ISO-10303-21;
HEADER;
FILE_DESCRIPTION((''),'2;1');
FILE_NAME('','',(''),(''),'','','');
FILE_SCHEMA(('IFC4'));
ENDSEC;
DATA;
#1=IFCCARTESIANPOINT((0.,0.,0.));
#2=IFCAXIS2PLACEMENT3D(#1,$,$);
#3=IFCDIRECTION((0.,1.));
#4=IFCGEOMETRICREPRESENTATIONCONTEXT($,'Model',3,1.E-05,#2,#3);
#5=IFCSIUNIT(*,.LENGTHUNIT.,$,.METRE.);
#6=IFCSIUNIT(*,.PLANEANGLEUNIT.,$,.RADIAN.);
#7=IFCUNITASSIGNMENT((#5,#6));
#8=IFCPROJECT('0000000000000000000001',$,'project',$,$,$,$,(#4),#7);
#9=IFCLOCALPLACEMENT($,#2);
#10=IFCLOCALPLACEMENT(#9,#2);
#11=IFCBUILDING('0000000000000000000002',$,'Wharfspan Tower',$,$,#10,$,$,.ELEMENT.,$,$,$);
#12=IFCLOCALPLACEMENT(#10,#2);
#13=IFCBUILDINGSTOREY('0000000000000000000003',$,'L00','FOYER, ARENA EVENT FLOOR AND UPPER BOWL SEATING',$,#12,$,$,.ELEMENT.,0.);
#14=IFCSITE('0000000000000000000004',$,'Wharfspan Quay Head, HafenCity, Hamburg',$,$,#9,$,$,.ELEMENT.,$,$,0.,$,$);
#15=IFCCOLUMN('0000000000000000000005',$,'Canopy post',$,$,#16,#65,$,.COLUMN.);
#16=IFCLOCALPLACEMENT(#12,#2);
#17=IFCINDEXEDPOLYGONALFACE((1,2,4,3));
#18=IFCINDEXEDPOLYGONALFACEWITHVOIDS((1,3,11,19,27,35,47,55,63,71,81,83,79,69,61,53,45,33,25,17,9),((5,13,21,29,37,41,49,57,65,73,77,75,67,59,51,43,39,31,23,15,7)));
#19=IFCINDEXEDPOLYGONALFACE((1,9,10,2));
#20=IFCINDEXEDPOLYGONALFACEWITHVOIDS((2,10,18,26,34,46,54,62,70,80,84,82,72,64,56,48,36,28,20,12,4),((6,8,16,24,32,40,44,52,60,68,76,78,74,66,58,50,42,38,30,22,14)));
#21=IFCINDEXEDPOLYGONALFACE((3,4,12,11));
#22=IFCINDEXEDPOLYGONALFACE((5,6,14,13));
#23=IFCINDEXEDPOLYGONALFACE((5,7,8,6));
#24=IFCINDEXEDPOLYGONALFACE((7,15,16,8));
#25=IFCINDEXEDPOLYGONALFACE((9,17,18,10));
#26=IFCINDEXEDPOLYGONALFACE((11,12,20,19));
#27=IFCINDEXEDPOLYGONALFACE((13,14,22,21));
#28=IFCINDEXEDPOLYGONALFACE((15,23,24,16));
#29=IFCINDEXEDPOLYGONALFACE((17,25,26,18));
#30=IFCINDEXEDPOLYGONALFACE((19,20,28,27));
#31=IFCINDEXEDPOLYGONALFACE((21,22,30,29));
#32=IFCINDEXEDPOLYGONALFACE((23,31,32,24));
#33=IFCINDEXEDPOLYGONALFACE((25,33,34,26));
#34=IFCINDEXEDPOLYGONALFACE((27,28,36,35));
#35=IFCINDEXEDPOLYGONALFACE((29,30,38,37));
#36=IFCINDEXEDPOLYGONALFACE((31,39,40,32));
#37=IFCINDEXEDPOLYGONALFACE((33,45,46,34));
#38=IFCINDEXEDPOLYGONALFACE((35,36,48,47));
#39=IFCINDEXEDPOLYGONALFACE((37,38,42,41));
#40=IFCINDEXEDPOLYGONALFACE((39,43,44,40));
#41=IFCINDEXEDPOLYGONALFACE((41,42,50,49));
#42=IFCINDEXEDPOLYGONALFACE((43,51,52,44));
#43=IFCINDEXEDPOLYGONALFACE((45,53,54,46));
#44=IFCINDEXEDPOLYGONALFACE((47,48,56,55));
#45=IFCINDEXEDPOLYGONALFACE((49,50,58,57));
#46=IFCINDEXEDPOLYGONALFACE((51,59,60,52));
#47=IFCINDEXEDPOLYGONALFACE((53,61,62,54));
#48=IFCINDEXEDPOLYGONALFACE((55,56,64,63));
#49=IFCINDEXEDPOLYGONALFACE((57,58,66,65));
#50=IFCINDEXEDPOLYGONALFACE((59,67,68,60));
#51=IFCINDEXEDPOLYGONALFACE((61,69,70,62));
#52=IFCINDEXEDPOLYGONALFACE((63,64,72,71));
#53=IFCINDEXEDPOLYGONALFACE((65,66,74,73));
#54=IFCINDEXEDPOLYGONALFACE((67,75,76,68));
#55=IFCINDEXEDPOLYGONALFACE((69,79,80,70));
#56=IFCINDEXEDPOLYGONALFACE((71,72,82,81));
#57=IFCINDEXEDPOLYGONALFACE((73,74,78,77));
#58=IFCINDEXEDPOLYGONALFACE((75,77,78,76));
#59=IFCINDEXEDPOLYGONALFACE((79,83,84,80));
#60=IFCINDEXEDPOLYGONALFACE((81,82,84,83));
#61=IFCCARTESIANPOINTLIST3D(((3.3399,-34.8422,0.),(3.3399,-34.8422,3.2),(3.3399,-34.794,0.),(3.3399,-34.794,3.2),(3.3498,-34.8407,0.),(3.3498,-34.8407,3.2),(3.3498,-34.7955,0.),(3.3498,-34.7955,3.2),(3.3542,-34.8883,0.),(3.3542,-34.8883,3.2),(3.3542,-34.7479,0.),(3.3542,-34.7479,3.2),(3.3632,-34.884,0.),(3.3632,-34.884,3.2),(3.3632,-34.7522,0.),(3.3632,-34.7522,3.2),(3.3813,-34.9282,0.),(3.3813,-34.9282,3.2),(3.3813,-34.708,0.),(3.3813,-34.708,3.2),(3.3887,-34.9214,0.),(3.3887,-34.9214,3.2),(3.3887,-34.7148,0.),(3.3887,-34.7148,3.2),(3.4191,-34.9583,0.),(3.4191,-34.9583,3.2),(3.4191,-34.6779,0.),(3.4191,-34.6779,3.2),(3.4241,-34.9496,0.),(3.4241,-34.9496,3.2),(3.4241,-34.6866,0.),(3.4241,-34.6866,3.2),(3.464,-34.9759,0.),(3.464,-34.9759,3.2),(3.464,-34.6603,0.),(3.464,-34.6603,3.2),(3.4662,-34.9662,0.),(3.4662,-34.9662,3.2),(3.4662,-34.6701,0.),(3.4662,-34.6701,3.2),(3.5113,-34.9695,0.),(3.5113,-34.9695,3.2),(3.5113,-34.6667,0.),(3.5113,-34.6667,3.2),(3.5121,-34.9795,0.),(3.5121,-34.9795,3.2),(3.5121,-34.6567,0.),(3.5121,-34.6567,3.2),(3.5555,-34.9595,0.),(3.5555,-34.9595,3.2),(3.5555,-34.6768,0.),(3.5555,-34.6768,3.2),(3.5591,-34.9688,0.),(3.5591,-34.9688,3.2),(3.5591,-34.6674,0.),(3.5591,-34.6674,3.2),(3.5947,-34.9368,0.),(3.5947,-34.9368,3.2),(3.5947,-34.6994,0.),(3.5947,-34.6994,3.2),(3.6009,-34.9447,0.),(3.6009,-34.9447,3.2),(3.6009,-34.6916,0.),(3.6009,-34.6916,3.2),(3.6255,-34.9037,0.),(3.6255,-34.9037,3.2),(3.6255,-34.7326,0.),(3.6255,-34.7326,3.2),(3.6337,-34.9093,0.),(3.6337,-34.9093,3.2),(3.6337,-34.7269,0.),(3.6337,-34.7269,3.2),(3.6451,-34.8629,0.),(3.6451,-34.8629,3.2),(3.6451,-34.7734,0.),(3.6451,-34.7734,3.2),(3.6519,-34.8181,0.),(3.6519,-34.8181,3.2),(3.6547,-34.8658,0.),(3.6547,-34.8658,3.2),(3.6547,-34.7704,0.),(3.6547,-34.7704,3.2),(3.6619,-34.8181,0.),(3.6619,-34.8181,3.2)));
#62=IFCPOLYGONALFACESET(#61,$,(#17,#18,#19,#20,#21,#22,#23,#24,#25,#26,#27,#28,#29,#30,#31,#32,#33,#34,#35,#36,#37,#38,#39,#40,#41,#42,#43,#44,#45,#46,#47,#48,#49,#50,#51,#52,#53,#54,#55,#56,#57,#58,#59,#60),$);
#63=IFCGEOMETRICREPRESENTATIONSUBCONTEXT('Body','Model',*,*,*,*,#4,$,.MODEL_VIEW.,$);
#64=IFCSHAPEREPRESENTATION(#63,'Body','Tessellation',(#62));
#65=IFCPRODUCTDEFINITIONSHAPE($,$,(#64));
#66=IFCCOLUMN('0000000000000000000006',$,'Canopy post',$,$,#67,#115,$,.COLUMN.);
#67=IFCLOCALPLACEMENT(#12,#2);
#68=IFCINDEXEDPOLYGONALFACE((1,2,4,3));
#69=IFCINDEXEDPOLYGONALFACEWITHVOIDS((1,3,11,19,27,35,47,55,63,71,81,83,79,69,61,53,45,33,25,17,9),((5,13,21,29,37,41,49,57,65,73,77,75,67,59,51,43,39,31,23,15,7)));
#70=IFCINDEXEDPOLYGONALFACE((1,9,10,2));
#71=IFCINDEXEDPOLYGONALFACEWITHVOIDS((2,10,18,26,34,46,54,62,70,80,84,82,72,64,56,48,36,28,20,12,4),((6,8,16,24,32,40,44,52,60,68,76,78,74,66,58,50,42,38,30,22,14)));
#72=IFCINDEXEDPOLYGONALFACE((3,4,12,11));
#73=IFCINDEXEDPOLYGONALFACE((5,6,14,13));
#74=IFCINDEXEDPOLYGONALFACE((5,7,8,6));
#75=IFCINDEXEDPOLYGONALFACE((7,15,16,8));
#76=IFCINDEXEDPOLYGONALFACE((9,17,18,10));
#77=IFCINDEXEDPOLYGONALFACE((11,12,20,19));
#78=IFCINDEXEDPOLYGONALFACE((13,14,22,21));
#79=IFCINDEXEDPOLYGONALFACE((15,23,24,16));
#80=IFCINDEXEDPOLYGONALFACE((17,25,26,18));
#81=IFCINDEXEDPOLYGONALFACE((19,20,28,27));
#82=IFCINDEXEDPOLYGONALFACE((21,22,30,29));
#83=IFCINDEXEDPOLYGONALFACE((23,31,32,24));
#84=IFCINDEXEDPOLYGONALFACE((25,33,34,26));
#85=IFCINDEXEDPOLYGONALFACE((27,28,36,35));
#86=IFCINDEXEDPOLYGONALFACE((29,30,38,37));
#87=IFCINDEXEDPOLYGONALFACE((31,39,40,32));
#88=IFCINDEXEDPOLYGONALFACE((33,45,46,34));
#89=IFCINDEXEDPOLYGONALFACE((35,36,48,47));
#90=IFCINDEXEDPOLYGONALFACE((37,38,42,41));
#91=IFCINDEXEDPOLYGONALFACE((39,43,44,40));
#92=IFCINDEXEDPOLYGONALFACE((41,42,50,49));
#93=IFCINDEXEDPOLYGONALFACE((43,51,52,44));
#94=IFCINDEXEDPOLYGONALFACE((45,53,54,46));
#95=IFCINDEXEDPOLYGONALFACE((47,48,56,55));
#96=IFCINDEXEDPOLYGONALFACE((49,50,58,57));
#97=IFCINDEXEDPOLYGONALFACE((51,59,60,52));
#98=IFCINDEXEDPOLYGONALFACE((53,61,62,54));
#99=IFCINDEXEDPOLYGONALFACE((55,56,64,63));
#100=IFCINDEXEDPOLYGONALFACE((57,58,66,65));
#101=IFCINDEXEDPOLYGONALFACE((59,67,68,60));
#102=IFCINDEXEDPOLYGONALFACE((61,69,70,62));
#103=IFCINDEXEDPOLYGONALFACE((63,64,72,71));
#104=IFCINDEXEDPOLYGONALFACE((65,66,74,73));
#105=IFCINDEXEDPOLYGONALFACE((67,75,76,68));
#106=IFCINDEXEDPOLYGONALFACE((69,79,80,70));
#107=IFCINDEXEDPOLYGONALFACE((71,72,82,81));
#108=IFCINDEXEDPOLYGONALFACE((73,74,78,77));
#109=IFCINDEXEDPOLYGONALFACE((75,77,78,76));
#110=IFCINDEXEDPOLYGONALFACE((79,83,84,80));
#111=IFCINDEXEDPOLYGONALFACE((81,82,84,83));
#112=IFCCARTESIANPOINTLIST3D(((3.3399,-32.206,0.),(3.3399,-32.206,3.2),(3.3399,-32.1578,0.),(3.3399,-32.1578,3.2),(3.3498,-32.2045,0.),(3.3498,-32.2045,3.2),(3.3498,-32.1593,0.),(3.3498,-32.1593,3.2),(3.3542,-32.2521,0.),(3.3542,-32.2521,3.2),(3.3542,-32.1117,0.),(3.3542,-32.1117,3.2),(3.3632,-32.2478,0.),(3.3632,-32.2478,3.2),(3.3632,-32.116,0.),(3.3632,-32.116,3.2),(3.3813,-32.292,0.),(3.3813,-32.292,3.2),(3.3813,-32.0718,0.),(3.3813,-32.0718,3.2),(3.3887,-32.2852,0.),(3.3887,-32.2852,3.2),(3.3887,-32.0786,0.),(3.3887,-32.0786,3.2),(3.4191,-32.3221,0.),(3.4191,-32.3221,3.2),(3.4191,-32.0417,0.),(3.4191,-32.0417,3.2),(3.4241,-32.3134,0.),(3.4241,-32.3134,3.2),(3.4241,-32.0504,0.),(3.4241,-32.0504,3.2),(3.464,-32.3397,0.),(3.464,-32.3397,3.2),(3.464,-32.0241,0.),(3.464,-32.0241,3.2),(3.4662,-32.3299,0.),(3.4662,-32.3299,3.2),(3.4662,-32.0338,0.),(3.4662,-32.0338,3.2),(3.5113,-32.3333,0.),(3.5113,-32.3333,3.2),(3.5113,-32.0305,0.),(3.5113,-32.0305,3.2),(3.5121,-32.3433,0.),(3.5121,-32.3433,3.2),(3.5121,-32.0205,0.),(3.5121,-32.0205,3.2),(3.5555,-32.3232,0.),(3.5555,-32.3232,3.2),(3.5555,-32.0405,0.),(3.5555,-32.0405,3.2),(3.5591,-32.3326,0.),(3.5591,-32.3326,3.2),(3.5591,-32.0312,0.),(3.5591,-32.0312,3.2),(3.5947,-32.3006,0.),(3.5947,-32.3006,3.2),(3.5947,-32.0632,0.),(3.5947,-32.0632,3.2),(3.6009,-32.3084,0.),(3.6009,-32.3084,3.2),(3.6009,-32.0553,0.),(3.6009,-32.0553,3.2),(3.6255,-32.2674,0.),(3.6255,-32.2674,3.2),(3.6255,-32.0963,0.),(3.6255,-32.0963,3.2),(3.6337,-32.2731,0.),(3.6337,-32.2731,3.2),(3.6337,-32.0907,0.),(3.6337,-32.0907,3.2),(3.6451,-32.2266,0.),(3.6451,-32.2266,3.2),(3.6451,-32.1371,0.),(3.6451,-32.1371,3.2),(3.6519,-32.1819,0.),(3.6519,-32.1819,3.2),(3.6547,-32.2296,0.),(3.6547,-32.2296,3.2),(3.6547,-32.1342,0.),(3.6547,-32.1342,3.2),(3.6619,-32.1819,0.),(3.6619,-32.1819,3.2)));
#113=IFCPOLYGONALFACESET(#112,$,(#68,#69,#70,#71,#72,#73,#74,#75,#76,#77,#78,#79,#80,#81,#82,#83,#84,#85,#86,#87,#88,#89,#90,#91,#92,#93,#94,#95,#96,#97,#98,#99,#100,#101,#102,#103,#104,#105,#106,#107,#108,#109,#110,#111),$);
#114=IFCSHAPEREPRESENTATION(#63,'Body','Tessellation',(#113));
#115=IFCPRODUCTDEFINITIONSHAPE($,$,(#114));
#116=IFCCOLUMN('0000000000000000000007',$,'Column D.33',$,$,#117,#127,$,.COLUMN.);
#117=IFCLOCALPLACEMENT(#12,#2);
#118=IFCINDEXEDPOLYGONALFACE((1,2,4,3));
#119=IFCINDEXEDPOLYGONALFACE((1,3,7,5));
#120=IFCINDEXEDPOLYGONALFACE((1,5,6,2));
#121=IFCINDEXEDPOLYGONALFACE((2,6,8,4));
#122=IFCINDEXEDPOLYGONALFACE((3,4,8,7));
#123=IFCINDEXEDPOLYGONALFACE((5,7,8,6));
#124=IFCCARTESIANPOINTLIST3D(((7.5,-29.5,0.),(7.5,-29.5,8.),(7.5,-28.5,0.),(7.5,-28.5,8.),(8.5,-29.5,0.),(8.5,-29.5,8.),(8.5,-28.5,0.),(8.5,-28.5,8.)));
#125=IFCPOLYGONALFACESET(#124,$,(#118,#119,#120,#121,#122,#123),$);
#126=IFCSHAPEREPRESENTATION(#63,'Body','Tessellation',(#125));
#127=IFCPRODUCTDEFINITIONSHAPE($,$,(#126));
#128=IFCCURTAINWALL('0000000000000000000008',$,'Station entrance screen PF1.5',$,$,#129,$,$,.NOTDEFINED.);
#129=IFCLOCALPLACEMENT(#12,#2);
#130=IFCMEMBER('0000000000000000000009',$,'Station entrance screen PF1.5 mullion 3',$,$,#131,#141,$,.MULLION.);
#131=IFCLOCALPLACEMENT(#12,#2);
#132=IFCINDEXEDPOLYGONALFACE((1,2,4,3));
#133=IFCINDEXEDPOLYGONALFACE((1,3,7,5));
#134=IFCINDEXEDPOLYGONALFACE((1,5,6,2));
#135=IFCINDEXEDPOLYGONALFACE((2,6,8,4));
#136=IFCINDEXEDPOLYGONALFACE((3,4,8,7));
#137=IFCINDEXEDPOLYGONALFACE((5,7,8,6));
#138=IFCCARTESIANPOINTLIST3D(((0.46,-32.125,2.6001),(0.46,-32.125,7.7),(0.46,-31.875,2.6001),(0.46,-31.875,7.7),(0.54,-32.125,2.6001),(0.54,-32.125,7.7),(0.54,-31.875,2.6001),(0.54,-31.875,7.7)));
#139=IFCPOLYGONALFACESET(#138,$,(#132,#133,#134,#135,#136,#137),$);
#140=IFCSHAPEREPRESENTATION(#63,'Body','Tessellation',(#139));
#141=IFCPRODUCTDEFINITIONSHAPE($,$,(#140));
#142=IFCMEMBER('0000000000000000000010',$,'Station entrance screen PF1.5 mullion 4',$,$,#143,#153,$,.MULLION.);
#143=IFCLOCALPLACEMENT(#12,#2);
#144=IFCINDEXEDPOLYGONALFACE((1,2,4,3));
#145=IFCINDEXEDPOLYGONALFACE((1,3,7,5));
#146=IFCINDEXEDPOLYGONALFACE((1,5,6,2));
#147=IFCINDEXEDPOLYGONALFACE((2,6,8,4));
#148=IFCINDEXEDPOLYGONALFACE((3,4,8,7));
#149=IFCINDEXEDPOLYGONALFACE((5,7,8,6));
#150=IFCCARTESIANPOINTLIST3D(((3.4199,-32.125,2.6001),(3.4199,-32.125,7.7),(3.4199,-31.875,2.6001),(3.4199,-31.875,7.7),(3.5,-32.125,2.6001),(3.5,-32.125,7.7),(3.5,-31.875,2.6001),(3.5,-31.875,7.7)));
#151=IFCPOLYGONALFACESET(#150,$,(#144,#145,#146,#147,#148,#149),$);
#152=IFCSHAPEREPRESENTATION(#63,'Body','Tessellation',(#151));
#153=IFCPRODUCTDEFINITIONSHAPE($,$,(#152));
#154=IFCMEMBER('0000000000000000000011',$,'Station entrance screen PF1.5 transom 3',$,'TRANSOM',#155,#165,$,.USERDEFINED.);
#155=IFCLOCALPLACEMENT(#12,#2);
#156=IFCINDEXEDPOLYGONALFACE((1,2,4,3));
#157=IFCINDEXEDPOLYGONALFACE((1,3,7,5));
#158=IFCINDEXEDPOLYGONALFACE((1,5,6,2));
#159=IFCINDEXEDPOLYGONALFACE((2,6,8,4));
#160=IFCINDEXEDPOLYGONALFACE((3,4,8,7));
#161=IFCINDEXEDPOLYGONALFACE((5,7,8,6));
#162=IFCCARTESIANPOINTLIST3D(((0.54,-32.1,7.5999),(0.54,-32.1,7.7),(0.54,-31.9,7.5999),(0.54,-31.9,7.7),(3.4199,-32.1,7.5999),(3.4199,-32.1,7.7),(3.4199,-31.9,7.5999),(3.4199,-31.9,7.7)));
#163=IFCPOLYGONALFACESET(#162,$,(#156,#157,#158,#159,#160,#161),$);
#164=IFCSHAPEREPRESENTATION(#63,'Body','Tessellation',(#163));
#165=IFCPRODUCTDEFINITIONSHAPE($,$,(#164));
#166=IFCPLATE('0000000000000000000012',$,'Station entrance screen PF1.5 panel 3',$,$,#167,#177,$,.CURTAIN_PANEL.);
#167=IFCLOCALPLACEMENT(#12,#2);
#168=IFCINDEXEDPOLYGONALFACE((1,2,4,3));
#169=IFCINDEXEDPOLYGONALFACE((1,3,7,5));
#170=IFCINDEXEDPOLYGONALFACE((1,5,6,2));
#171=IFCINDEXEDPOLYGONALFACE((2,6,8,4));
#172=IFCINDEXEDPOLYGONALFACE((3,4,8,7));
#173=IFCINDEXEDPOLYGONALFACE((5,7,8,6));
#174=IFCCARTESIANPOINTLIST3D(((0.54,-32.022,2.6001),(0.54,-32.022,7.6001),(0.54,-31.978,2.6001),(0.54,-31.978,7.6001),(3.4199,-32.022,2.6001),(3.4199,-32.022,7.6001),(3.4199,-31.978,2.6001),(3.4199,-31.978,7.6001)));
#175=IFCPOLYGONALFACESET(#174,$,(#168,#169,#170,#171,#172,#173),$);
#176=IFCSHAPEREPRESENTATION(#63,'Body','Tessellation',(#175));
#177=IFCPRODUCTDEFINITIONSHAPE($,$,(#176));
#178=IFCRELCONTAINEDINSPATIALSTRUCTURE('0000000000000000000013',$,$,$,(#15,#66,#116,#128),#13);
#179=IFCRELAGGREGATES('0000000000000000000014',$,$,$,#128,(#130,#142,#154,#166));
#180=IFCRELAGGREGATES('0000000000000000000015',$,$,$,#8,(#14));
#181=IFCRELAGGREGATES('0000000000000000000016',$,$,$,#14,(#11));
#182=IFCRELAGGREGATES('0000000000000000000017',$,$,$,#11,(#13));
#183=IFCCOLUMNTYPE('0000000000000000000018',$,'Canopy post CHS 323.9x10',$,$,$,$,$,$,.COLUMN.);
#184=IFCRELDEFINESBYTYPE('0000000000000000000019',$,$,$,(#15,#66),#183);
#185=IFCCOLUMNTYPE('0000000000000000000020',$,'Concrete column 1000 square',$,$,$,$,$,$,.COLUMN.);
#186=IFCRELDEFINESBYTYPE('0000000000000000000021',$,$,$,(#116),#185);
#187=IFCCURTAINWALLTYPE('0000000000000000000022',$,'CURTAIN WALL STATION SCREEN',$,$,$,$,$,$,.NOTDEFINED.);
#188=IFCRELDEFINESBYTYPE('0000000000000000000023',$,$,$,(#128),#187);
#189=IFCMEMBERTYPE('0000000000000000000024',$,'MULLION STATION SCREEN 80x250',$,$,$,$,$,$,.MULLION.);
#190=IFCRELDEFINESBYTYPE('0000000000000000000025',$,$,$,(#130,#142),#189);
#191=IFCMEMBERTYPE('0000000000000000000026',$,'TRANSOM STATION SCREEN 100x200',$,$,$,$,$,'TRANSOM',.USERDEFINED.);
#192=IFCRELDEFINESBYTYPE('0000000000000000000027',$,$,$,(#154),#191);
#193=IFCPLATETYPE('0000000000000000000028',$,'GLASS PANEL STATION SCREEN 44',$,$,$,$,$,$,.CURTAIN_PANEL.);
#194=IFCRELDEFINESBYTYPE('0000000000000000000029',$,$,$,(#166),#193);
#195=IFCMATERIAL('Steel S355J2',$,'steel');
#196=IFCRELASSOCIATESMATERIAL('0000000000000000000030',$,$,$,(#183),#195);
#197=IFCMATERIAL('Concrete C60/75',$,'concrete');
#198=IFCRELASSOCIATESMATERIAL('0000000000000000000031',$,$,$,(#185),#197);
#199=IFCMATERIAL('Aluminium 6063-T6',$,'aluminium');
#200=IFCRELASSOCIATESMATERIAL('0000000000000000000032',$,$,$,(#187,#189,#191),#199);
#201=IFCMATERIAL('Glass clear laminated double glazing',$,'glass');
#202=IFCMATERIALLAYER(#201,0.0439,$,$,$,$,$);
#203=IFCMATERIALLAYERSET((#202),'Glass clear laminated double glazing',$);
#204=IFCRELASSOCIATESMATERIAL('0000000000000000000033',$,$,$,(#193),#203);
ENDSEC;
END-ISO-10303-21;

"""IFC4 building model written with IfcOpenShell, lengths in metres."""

from ifc_helpers import new_model, si_unit, direction, frame, origin, origin_2d, place, context, subcontext, project, spatial, rectangle, hollow_circle, extrude, material, layer, layer_set, material_profile, profile_set, type_object, element, aggregate, save


model = new_model("IFC4")

# Units and contexts
model_context = context("Model", 3, precision=1e-05, world=origin(), true_north=direction((0.0, 1.0)))
body_context = subcontext(model_context, "Body", "Model", "MODEL_VIEW")
ifc_project = project(units=[si_unit("LENGTHUNIT", "METRE"), si_unit("PLANEANGLEUNIT", "RADIAN")], contexts=[model_context])

# Site, building, storey
site_placement = place(None, origin())
site = spatial("IfcSite", under=ifc_project, at=site_placement, Name="Wharfspan Quay Head, HafenCity, Hamburg", CompositionType="ELEMENT", RefElevation=0.0)
building_placement = place(site_placement, origin())
building = spatial("IfcBuilding", under=site, at=building_placement, Name="Wharfspan Tower", CompositionType="ELEMENT")
storey_placement = place(building_placement, origin())
storey = spatial("IfcBuildingStorey", under=building, at=storey_placement, Name="L00", Description="FOYER, ARENA EVENT FLOOR AND UPPER BOWL SEATING", CompositionType="ELEMENT", Elevation=0.0)

# Columns
ifc_material_1 = material(Name="Steel S355J2", Category="steel")
ifc_material_profile_1 = material_profile(ifc_material_1, hollow_circle(Radius=0.1619, WallThickness=0.01, at=origin_2d()))
ifc_profile_set_1 = profile_set([ifc_material_profile_1], Name="Steel S355J2")
column_type_1 = type_object("IfcColumnType", Name="Canopy post CHS 323.9x10", PredefinedType="COLUMN", material=ifc_profile_set_1)
for number, where, z_axis, x_axis, name in (
    (1, (3.5, -34.8181, 0.0), (0.0, 0.0, 1.0), (1.0, 0.0, 0.0), "Canopy post"),
    (2, (3.5, -32.1819, 0.0), (0.0, 0.0, 1.0), (1.0, 0.0, 0.0), "Canopy post"),
):
    element("IfcColumn", number, at=place(storey_placement, frame(where, z_axis=z_axis, x_axis=x_axis)), inside=storey, type_object=column_type_1, Name=name, PredefinedType="COLUMN", context=body_context, shape_type="SweptSolid", body=[
        extrude(hollow_circle(Radius=0.1619, WallThickness=0.01, at=origin_2d()), origin(), (0.0, 0.0, 1.0), 3.2),
    ])
ifc_material_2 = material(Name="Concrete C60/75", Category="concrete")
ifc_material_profile_2 = material_profile(ifc_material_2, rectangle(XDim=1.0, YDim=1.0, at=origin_2d()))
ifc_profile_set_2 = profile_set([ifc_material_profile_2], Name="Concrete C60/75")
column_type_2 = type_object("IfcColumnType", Name="Concrete column 1000 square", PredefinedType="COLUMN", material=ifc_profile_set_2)
column_placement = place(storey_placement, frame((8.0, -29.0, 0.0), z_axis=(0.0, 0.0, 1.0), x_axis=(1.0, 0.0, 0.0)))
element("IfcColumn", 3, at=column_placement, inside=storey, type_object=column_type_2, Name="Column D.33", PredefinedType="COLUMN", context=body_context, shape_type="SweptSolid", body=[
    extrude(rectangle(XDim=1.0, YDim=1.0, at=origin_2d()), origin(), (0.0, 0.0, 1.0), 8.0),
])

# Curtain wall, members, plate
ifc_material_3 = material(Name="Aluminium 6063-T6", Category="aluminium")
curtain_wall_type = type_object("IfcCurtainWallType", Name="CURTAIN WALL STATION SCREEN", PredefinedType="NOTDEFINED", material=ifc_material_3)
curtain_wall_placement = place(storey_placement, origin())
curtain_wall = element("IfcCurtainWall", 4, at=curtain_wall_placement, inside=storey, type_object=curtain_wall_type, Name="Station entrance screen PF1.5", PredefinedType="NOTDEFINED")
ifc_material_profile_3 = material_profile(ifc_material_3, rectangle(XDim=0.25, YDim=0.0801, at=origin_2d()))
ifc_profile_set_3 = profile_set([ifc_material_profile_3], Name="Aluminium 6063-T6")
member_type_1 = type_object("IfcMemberType", Name="MULLION STATION SCREEN 80x250", PredefinedType="MULLION", material=ifc_profile_set_3)
member_1_placement = place(storey_placement, frame((0.5, -32.0, 2.6001), z_axis=(0.0, 0.0, 1.0), x_axis=(0.0, 1.0, 0.0)))
member_1 = element("IfcMember", 5, at=member_1_placement, type_object=member_type_1, Name="Station entrance screen PF1.5 mullion 3", PredefinedType="MULLION", context=body_context, shape_type="SweptSolid", body=[
    extrude(rectangle(XDim=0.25, YDim=0.0801, at=origin_2d()), origin(), (0.0, 0.0, 1.0), 5.0999),
])
member_2_placement = place(storey_placement, frame((3.46, -32.0, 2.6001), z_axis=(0.0, 0.0, 1.0), x_axis=(0.0, 1.0, 0.0)))
member_2 = element("IfcMember", 6, at=member_2_placement, type_object=member_type_1, Name="Station entrance screen PF1.5 mullion 4", PredefinedType="MULLION", context=body_context, shape_type="SweptSolid", body=[
    extrude(rectangle(XDim=0.25, YDim=0.0801, at=origin_2d()), origin(), (0.0, 0.0, 1.0), 5.0999),
])
ifc_material_profile_4 = material_profile(ifc_material_3, rectangle(XDim=0.2, YDim=0.1001, at=origin_2d()))
ifc_profile_set_4 = profile_set([ifc_material_profile_4], Name="Aluminium 6063-T6")
member_type_2 = type_object("IfcMemberType", Name="TRANSOM STATION SCREEN 100x200", ElementType="TRANSOM", PredefinedType="USERDEFINED", material=ifc_profile_set_4)
member_3_placement = place(storey_placement, frame((0.54, -32.0, 7.6499), z_axis=(1.0, 0.0, 0.0), x_axis=(0.0, 1.0, 0.0)))
member_3 = element("IfcMember", 7, at=member_3_placement, type_object=member_type_2, Name="Station entrance screen PF1.5 transom 3", ObjectType="TRANSOM", PredefinedType="USERDEFINED", context=body_context, shape_type="SweptSolid", body=[
    extrude(rectangle(XDim=0.2, YDim=0.1001, at=origin_2d()), origin(), (0.0, 0.0, 1.0), 2.8799),
])
ifc_material_4 = material(Name="Glass clear laminated double glazing", Category="glass")
ifc_layer_1 = layer(ifc_material_4, 0.0439)
ifc_layer_set_1 = layer_set([ifc_layer_1], Name="Glass clear laminated double glazing")
plate_type = type_object("IfcPlateType", Name="GLASS PANEL STATION SCREEN 44", PredefinedType="CURTAIN_PANEL", material=ifc_layer_set_1)
plate_placement = place(storey_placement, frame((1.98, -32.0, 2.6001), z_axis=(0.0, 0.0, 1.0), x_axis=(1.0, 0.0, 0.0)))
plate = element("IfcPlate", 8, at=plate_placement, type_object=plate_type, Name="Station entrance screen PF1.5 panel 3", PredefinedType="CURTAIN_PANEL", context=body_context, shape_type="SweptSolid", body=[
    extrude(rectangle(XDim=2.8799, YDim=0.0439, at=origin_2d()), origin(), (0.0, 0.0, 1.0), 5.0),
])
aggregate(curtain_wall, [member_1, member_2, member_3, plate])

save(model, "model.ifc")
